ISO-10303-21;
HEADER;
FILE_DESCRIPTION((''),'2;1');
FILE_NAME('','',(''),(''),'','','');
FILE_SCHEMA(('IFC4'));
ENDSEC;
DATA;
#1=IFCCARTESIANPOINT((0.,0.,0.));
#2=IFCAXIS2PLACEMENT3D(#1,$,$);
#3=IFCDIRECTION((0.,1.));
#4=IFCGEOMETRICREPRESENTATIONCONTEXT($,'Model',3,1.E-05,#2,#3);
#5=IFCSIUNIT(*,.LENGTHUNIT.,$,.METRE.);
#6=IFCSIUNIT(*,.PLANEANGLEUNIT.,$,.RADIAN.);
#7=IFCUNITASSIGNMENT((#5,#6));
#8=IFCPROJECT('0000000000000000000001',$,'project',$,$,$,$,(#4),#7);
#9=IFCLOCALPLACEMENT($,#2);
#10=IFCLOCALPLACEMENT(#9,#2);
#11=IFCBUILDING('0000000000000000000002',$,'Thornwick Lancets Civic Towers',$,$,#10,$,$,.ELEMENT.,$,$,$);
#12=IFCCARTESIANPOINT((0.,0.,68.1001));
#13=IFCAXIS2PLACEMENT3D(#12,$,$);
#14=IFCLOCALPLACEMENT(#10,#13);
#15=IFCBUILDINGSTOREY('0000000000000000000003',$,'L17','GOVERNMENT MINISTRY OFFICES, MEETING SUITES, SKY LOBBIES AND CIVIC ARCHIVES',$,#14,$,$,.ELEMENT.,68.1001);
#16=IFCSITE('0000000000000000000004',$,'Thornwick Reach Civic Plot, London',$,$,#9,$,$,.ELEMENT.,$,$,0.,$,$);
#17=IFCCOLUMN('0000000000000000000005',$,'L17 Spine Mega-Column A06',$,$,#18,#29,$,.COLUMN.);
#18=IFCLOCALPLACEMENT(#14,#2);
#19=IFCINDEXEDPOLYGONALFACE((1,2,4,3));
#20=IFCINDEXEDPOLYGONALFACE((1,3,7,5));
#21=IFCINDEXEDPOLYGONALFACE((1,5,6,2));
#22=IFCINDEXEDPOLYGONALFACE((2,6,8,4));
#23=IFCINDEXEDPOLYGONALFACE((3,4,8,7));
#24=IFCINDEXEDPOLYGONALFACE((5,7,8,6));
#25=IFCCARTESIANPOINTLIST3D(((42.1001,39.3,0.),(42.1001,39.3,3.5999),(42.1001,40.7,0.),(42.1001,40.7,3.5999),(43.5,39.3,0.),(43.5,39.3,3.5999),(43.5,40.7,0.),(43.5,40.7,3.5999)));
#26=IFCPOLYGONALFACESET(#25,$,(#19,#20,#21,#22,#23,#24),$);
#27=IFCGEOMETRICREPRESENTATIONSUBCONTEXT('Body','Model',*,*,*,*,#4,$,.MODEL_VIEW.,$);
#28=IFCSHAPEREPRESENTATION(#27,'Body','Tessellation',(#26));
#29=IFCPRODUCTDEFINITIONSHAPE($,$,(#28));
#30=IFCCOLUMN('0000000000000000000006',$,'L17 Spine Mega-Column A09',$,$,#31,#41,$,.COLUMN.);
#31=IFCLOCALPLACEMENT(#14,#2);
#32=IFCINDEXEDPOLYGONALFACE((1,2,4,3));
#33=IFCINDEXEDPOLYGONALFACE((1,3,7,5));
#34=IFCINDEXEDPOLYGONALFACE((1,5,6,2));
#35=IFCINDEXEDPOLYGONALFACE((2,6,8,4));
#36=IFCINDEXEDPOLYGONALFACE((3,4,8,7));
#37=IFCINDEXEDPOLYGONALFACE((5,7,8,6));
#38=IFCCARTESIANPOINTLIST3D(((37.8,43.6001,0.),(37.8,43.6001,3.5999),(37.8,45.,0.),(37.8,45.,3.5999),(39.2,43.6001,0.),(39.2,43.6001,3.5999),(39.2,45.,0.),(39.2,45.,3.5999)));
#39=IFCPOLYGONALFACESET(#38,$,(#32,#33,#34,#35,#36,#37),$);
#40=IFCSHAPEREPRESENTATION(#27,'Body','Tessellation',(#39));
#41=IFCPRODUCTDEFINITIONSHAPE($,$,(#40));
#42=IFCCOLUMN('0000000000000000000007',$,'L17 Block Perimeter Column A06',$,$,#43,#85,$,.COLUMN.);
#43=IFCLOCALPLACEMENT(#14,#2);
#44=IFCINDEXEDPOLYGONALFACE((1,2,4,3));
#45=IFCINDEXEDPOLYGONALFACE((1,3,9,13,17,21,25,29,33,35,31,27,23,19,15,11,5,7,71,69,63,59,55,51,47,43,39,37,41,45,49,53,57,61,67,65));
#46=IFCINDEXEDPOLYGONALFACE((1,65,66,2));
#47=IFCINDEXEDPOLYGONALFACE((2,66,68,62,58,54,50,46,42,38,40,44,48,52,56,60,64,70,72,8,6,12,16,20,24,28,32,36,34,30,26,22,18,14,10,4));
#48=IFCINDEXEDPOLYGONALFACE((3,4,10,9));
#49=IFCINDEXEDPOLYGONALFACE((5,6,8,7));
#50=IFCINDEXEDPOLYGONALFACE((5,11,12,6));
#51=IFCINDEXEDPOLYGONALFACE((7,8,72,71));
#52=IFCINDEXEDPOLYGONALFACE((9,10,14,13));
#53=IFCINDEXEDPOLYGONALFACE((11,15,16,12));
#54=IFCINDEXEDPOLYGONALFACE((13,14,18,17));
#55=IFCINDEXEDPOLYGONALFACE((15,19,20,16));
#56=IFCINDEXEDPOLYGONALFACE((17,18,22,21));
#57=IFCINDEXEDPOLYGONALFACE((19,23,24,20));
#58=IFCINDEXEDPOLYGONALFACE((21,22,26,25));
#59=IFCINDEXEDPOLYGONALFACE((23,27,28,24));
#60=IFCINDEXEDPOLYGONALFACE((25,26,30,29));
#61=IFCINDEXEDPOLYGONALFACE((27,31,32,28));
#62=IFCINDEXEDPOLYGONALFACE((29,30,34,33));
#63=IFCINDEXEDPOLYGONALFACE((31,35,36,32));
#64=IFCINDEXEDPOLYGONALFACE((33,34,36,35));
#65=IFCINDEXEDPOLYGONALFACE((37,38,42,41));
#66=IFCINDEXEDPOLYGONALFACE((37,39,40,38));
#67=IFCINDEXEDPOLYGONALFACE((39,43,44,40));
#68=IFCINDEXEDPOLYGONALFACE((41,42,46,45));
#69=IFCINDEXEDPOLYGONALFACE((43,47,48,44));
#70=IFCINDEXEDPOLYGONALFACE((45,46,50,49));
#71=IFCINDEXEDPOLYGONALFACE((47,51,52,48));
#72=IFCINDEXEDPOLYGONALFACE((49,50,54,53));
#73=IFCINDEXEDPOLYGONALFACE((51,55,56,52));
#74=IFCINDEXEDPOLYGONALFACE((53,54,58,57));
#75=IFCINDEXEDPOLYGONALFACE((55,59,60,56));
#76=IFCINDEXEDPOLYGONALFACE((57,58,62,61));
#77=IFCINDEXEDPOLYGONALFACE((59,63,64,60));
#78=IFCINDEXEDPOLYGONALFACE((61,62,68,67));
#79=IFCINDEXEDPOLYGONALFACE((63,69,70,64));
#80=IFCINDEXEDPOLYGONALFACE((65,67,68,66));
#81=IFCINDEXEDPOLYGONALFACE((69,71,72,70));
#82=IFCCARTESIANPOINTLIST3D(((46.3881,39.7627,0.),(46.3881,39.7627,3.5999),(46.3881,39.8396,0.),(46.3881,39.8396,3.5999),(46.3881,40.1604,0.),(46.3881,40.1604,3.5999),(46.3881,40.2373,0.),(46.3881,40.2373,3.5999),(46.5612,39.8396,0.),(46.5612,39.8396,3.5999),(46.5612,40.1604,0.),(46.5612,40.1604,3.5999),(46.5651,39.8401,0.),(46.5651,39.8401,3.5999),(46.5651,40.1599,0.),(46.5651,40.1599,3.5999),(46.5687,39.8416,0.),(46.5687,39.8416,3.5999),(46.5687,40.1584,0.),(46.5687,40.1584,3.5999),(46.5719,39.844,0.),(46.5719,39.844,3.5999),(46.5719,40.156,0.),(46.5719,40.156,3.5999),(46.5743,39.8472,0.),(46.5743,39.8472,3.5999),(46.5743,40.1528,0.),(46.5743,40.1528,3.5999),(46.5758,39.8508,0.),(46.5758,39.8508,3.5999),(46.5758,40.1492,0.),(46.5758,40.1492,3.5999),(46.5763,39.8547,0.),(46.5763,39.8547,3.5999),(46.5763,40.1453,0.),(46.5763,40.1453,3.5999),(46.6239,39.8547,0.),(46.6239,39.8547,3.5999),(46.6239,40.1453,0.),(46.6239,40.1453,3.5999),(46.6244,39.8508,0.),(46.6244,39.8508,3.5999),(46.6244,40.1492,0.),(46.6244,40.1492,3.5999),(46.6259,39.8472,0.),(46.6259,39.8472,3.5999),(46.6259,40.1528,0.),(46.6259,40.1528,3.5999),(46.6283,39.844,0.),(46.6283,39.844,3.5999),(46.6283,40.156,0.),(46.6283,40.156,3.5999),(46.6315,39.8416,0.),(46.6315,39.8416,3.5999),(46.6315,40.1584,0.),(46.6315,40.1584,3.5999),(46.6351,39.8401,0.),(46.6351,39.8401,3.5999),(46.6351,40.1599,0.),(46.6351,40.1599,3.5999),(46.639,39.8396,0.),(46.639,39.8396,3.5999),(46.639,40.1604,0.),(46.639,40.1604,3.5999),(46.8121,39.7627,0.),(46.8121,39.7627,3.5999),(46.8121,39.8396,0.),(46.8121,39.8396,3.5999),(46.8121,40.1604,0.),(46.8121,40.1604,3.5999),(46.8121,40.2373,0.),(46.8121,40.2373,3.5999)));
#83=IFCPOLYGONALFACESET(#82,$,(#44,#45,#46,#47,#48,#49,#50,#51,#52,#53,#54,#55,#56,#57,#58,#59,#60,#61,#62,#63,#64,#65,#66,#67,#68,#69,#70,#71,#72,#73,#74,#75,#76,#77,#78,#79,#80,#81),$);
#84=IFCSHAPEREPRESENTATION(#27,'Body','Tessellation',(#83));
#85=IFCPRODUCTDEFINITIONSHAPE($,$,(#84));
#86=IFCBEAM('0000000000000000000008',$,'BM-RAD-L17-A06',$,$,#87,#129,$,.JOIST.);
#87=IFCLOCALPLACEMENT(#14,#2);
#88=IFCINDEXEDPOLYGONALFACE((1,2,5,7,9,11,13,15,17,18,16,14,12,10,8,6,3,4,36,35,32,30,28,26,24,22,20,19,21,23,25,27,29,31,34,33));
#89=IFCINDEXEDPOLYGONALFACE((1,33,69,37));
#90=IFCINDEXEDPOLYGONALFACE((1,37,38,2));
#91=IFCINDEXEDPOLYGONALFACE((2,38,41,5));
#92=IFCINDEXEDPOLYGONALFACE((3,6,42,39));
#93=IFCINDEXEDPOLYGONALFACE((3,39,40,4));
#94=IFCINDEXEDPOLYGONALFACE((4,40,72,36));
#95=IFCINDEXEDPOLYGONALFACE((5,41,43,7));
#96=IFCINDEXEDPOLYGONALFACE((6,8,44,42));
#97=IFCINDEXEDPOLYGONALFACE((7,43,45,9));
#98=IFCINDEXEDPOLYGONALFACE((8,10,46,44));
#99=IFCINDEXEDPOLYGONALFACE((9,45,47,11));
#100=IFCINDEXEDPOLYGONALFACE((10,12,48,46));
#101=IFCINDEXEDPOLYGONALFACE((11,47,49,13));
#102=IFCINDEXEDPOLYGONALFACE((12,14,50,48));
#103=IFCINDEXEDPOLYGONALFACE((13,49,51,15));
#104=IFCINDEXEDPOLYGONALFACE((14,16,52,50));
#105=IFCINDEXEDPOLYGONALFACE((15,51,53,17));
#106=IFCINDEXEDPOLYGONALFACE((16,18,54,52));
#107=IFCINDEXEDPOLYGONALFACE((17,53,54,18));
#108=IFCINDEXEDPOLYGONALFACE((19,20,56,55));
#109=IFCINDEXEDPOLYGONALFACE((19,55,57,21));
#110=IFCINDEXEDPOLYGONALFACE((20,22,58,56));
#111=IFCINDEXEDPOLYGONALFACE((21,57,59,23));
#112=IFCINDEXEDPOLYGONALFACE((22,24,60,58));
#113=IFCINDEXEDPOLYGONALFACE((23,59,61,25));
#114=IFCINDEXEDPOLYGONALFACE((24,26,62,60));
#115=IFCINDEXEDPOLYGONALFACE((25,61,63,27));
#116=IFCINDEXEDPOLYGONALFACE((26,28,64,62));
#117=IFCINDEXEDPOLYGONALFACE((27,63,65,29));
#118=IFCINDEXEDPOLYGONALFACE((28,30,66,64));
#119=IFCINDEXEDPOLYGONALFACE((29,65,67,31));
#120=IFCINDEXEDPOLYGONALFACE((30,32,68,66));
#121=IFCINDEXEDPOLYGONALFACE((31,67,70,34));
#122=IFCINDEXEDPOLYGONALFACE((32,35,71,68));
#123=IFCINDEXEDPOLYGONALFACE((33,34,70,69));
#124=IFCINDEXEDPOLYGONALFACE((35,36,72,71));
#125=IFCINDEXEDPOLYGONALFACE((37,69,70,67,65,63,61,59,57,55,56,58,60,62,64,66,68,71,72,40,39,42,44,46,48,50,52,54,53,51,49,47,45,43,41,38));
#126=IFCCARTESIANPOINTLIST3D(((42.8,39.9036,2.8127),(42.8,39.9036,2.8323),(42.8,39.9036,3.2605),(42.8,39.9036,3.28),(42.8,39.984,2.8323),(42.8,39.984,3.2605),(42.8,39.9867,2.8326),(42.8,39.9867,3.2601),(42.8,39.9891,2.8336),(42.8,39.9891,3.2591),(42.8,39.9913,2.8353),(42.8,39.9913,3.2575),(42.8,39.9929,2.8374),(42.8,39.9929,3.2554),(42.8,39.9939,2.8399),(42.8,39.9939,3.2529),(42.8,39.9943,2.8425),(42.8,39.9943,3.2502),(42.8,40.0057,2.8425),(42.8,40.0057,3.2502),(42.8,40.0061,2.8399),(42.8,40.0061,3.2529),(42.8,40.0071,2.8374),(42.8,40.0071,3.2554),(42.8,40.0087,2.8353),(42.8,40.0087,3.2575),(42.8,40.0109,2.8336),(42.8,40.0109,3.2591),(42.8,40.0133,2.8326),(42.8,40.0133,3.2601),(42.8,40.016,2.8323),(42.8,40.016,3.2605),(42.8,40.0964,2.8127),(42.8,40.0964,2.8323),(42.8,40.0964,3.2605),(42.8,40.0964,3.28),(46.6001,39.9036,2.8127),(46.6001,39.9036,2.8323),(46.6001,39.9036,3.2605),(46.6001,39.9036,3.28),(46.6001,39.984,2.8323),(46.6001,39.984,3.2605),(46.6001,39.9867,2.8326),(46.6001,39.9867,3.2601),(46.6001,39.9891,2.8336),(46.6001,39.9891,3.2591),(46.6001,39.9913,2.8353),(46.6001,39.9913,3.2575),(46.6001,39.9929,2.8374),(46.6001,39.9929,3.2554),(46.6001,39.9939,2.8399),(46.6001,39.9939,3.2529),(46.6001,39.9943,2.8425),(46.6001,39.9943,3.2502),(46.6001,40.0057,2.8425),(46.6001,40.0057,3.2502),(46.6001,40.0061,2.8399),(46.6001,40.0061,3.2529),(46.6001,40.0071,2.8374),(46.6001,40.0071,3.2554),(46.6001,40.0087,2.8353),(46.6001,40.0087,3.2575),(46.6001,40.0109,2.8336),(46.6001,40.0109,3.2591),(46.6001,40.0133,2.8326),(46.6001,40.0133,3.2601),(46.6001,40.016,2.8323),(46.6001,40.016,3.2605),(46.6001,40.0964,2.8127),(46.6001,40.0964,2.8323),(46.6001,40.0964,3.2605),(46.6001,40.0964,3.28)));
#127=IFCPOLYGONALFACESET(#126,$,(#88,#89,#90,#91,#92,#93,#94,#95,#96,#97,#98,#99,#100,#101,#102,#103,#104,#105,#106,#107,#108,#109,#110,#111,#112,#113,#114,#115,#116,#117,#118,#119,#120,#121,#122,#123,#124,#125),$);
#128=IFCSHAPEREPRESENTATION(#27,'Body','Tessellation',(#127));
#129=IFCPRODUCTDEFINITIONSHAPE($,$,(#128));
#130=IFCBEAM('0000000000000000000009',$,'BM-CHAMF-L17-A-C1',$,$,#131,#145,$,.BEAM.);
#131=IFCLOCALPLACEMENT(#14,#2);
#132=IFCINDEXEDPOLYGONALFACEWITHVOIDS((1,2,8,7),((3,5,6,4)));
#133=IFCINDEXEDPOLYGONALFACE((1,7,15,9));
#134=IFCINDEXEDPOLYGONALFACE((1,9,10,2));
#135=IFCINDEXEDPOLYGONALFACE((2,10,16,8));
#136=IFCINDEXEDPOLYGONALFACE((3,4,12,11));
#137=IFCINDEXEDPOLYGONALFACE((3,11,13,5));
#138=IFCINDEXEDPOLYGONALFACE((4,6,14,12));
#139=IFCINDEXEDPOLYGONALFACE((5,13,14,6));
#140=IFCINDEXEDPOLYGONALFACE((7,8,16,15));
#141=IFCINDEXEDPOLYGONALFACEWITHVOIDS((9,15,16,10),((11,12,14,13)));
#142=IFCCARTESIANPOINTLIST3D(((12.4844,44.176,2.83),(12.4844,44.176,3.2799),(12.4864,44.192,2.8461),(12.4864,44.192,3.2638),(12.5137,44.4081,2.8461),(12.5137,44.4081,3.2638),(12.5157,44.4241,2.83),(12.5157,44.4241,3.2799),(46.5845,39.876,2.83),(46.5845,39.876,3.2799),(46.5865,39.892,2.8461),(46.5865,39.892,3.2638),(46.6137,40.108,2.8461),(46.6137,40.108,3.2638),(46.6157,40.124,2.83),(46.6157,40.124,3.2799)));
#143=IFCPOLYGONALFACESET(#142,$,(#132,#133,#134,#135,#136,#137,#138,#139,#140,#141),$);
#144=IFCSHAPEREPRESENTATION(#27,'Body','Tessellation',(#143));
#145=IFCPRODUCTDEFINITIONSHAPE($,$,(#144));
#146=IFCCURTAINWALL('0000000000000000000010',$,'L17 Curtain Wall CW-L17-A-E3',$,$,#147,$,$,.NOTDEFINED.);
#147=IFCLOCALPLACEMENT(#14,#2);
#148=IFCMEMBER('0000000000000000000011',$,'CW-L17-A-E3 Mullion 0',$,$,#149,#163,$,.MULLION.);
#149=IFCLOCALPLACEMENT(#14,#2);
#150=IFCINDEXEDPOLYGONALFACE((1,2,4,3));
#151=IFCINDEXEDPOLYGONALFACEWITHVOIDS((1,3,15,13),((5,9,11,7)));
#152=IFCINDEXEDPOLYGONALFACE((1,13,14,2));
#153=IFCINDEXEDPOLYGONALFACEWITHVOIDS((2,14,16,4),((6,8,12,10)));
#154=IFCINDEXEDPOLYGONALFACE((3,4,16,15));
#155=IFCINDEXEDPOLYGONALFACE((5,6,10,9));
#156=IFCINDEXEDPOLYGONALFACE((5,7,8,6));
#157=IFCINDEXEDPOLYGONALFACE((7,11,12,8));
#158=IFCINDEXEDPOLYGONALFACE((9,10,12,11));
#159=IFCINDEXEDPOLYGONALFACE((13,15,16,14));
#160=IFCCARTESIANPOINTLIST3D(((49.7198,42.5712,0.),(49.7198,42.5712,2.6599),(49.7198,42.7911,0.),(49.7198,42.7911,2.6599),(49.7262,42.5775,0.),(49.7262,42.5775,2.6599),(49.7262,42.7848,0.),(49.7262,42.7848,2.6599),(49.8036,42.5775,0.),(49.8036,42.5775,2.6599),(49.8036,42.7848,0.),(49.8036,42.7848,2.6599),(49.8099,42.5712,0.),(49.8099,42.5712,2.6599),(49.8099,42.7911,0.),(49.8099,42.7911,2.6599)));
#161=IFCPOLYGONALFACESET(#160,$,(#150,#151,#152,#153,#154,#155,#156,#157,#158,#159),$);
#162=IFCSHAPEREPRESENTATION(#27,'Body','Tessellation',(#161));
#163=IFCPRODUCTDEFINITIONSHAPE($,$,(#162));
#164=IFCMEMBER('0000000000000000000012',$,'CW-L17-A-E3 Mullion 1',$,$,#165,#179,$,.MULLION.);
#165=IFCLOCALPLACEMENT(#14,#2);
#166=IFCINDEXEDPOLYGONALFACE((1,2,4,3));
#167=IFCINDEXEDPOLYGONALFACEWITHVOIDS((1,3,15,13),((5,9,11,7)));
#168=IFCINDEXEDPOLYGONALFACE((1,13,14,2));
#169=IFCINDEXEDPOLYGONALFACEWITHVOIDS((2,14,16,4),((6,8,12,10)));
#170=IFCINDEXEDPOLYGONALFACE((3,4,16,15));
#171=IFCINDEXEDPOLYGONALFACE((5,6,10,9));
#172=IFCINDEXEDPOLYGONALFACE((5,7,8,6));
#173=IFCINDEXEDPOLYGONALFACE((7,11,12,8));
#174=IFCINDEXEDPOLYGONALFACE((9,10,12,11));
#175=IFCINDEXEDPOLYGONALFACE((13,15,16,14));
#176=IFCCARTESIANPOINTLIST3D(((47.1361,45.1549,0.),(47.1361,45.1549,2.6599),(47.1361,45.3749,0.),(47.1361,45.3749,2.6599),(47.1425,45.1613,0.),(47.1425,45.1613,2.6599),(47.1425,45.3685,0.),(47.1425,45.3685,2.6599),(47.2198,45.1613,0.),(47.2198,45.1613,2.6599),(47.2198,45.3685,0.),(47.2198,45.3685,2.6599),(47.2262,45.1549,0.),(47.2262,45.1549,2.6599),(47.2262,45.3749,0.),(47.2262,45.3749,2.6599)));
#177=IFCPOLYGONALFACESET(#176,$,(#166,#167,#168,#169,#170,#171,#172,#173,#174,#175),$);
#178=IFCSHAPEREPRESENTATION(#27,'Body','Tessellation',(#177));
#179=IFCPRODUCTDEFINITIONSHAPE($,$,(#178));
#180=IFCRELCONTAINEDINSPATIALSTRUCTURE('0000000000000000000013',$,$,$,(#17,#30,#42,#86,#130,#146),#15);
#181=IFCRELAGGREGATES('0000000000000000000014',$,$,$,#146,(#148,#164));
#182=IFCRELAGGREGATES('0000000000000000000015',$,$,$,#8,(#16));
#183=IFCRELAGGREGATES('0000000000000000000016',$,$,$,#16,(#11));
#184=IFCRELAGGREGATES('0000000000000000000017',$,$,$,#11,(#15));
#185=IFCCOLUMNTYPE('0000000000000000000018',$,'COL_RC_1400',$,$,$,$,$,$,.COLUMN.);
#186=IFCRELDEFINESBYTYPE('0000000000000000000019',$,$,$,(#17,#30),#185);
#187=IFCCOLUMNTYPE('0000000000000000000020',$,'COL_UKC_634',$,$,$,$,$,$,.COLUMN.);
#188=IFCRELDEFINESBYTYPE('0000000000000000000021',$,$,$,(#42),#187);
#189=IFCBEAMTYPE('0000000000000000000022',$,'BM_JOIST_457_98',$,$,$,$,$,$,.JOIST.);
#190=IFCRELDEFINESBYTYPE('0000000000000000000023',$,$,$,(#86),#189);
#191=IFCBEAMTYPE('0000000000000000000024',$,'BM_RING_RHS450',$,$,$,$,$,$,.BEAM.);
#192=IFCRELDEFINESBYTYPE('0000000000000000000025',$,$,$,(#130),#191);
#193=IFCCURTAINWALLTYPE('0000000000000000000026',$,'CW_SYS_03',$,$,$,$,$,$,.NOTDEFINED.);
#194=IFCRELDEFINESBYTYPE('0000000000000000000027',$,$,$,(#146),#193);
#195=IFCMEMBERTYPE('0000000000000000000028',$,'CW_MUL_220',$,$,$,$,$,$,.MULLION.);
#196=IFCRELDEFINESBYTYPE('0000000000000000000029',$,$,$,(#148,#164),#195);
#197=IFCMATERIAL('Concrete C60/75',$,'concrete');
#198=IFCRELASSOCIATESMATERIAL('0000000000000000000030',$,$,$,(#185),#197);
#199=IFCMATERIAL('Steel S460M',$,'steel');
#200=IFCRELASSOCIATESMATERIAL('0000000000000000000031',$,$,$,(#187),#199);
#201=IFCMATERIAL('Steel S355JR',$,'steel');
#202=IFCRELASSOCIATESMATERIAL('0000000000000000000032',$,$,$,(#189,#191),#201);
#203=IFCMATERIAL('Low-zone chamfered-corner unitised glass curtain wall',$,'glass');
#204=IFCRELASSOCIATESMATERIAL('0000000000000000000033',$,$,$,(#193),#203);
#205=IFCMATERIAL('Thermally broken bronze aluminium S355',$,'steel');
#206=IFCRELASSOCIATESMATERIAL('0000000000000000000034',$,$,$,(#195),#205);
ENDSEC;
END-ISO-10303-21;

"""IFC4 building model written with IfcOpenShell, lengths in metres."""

from ifc_helpers import new_model, si_unit, direction, frame, origin, origin_2d, place, context, subcontext, project, spatial, rectangle, hollow_rectangle, i_section, extrude, material, material_profile, profile_set, type_object, element, aggregate, save


model = new_model("IFC4")

# Units and contexts
model_context = context("Model", 3, precision=1e-05, world=origin(), true_north=direction((0.0, 1.0)))
body_context = subcontext(model_context, "Body", "Model", "MODEL_VIEW")
ifc_project = project(units=[si_unit("LENGTHUNIT", "METRE"), si_unit("PLANEANGLEUNIT", "RADIAN")], contexts=[model_context])

# Site, building, storey
site_placement = place(None, origin())
site = spatial("IfcSite", under=ifc_project, at=site_placement, Name="Thornwick Reach Civic Plot, London", CompositionType="ELEMENT", RefElevation=0.0)
building_placement = place(site_placement, origin())
building = spatial("IfcBuilding", under=site, at=building_placement, Name="Thornwick Lancets Civic Towers", CompositionType="ELEMENT")
storey_placement = place(building_placement, frame((0.0, 0.0, 68.1001)))
storey = spatial("IfcBuildingStorey", under=building, at=storey_placement, Name="L17", Description="GOVERNMENT MINISTRY OFFICES, MEETING SUITES, SKY LOBBIES AND CIVIC ARCHIVES", CompositionType="ELEMENT", Elevation=68.1001)

# Columns
ifc_material_1 = material(Name="Concrete C60/75", Category="concrete")
ifc_material_profile_1 = material_profile(ifc_material_1, rectangle(XDim=1.3999, YDim=1.3999, at=origin_2d()), Name="RC 1400x1400")
ifc_profile_set_1 = profile_set([ifc_material_profile_1], Name="Concrete C60/75")
column_type_1 = type_object("IfcColumnType", Name="COL_RC_1400", PredefinedType="COLUMN", material=ifc_profile_set_1)
for number, where, z_axis, x_axis, name in (
    (1, (42.8, 40.0, 0.0), (0.0, 0.0, 1.0), (1.0, 0.0, 0.0), "L17 Spine Mega-Column A06"),
    (2, (38.5, 44.3, 0.0), (0.0, 0.0, 1.0), (1.0, 0.0, 0.0), "L17 Spine Mega-Column A09"),
):
    element("IfcColumn", number, at=place(storey_placement, frame(where, z_axis=z_axis, x_axis=x_axis)), inside=storey, type_object=column_type_1, Name=name, PredefinedType="COLUMN", context=body_context, shape_type="SweptSolid", body=[
        extrude(rectangle(XDim=1.3999, YDim=1.3999, at=origin_2d()), origin(), (0.0, 0.0, 1.0), 3.5999),
    ])
ifc_material_2 = material(Name="Steel S460M", Category="steel")
ifc_material_profile_2 = material_profile(ifc_material_2, i_section(OverallWidth=0.4241, OverallDepth=0.4746, WebThickness=0.0476, FlangeThickness=0.0769, FilletRadius=0.0151, at=origin_2d()), Name="UKC 356x406x634")
ifc_profile_set_2 = profile_set([ifc_material_profile_2], Name="Steel S460M")
column_type_2 = type_object("IfcColumnType", Name="COL_UKC_634", PredefinedType="COLUMN", material=ifc_profile_set_2)
column_placement = place(storey_placement, frame((46.6001, 40.0, 0.0), z_axis=(0.0, 0.0, 1.0), x_axis=(1.0, 0.0, 0.0)))
element("IfcColumn", 3, at=column_placement, inside=storey, type_object=column_type_2, Name="L17 Block Perimeter Column A06", PredefinedType="COLUMN", context=body_context, shape_type="SweptSolid", body=[
    extrude(i_section(OverallWidth=0.4241, OverallDepth=0.4746, WebThickness=0.0476, FlangeThickness=0.0769, FilletRadius=0.0151, at=origin_2d()), origin(), (0.0, 0.0, 1.0), 3.5999),
])

# Beams
ifc_material_3 = material(Name="Steel S355JR", Category="steel")
ifc_material_profile_3 = material_profile(ifc_material_3, i_section(OverallWidth=0.1929, OverallDepth=0.4673, WebThickness=0.0115, FlangeThickness=0.0195, FilletRadius=0.0103, at=origin_2d()), Name="UKB 457x191x98")
ifc_profile_set_3 = profile_set([ifc_material_profile_3], Name="Steel S355JR")
beam_type_1 = type_object("IfcBeamType", Name="BM_JOIST_457_98", PredefinedType="JOIST", material=ifc_profile_set_3)
beam_1_placement = place(storey_placement, frame((42.8, 40.0, 3.0464), z_axis=(1.0, 0.0, 0.0), x_axis=(0.0, 1.0, 0.0)))
element("IfcBeam", 4, at=beam_1_placement, inside=storey, type_object=beam_type_1, Name="BM-RAD-L17-A06", PredefinedType="JOIST", context=body_context, shape_type="SweptSolid", body=[
    extrude(i_section(OverallWidth=0.1929, OverallDepth=0.4673, WebThickness=0.0115, FlangeThickness=0.0195, FilletRadius=0.0103, at=origin_2d()), origin(), (0.0, 0.0, 1.0), 3.8),
])
ifc_material_profile_4 = material_profile(ifc_material_3, hollow_rectangle(XDim=0.25, YDim=0.45, WallThickness=0.0161, at=origin_2d()), Name="RHS 450x250x16")
ifc_profile_set_4 = profile_set([ifc_material_profile_4], Name="Steel S355JR")
beam_type_2 = type_object("IfcBeamType", Name="BM_RING_RHS450", PredefinedType="BEAM", material=ifc_profile_set_4)
beam_2_placement = place(storey_placement, frame((46.6001, 40.0, 3.0549), z_axis=(-0.992143, 0.12511, 0.0), x_axis=(-0.12511, -0.992143, 0.0)))
element("IfcBeam", 5, at=beam_2_placement, inside=storey, type_object=beam_type_2, Name="BM-CHAMF-L17-A-C1", PredefinedType="BEAM", context=body_context, shape_type="SweptSolid", body=[
    extrude(hollow_rectangle(XDim=0.25, YDim=0.45, WallThickness=0.0161, at=origin_2d()), origin(), (0.0, 0.0, 1.0), 34.3701),
])

# Curtain wall, members
ifc_material_4 = material(Name="Low-zone chamfered-corner unitised glass curtain wall", Category="glass")
curtain_wall_type = type_object("IfcCurtainWallType", Name="CW_SYS_03", PredefinedType="NOTDEFINED", material=ifc_material_4)
curtain_wall_placement = place(storey_placement, origin())
curtain_wall = element("IfcCurtainWall", 6, at=curtain_wall_placement, inside=storey, type_object=curtain_wall_type, Name="L17 Curtain Wall CW-L17-A-E3", PredefinedType="NOTDEFINED")
ifc_material_5 = material(Name="Thermally broken bronze aluminium S355", Category="steel")
ifc_material_profile_5 = material_profile(ifc_material_5, hollow_rectangle(XDim=0.0901, YDim=0.22, WallThickness=0.0063, at=origin_2d()), Name="RHS 220x90x6.3")
ifc_profile_set_5 = profile_set([ifc_material_profile_5], Name="Thermally broken bronze aluminium S355")
member_type_1 = type_object("IfcMemberType", Name="CW_MUL_220", PredefinedType="MULLION", material=ifc_profile_set_5)
member_1_placement = place(storey_placement, frame((49.7649, 42.6812, 0.0), z_axis=(0.0, 0.0, 1.0), x_axis=(1.0, 0.0, 0.0)))
member_1 = element("IfcMember", 7, at=member_1_placement, type_object=member_type_1, Name="CW-L17-A-E3 Mullion 0", PredefinedType="MULLION", context=body_context, shape_type="SweptSolid", body=[
    extrude(hollow_rectangle(XDim=0.0901, YDim=0.22, WallThickness=0.0063, at=origin_2d()), origin(), (0.0, 0.0, 1.0), 2.6599),
])
member_2_placement = place(storey_placement, frame((47.1812, 45.2649, 0.0), z_axis=(0.0, 0.0, 1.0), x_axis=(1.0, 0.0, 0.0)))
member_2 = element("IfcMember", 8, at=member_2_placement, type_object=member_type_1, Name="CW-L17-A-E3 Mullion 1", PredefinedType="MULLION", context=body_context, shape_type="SweptSolid", body=[
    extrude(hollow_rectangle(XDim=0.0901, YDim=0.22, WallThickness=0.0063, at=origin_2d()), origin(), (0.0, 0.0, 1.0), 2.6599),
])
aggregate(curtain_wall, [member_1, member_2])

save(model, "model.ifc")
